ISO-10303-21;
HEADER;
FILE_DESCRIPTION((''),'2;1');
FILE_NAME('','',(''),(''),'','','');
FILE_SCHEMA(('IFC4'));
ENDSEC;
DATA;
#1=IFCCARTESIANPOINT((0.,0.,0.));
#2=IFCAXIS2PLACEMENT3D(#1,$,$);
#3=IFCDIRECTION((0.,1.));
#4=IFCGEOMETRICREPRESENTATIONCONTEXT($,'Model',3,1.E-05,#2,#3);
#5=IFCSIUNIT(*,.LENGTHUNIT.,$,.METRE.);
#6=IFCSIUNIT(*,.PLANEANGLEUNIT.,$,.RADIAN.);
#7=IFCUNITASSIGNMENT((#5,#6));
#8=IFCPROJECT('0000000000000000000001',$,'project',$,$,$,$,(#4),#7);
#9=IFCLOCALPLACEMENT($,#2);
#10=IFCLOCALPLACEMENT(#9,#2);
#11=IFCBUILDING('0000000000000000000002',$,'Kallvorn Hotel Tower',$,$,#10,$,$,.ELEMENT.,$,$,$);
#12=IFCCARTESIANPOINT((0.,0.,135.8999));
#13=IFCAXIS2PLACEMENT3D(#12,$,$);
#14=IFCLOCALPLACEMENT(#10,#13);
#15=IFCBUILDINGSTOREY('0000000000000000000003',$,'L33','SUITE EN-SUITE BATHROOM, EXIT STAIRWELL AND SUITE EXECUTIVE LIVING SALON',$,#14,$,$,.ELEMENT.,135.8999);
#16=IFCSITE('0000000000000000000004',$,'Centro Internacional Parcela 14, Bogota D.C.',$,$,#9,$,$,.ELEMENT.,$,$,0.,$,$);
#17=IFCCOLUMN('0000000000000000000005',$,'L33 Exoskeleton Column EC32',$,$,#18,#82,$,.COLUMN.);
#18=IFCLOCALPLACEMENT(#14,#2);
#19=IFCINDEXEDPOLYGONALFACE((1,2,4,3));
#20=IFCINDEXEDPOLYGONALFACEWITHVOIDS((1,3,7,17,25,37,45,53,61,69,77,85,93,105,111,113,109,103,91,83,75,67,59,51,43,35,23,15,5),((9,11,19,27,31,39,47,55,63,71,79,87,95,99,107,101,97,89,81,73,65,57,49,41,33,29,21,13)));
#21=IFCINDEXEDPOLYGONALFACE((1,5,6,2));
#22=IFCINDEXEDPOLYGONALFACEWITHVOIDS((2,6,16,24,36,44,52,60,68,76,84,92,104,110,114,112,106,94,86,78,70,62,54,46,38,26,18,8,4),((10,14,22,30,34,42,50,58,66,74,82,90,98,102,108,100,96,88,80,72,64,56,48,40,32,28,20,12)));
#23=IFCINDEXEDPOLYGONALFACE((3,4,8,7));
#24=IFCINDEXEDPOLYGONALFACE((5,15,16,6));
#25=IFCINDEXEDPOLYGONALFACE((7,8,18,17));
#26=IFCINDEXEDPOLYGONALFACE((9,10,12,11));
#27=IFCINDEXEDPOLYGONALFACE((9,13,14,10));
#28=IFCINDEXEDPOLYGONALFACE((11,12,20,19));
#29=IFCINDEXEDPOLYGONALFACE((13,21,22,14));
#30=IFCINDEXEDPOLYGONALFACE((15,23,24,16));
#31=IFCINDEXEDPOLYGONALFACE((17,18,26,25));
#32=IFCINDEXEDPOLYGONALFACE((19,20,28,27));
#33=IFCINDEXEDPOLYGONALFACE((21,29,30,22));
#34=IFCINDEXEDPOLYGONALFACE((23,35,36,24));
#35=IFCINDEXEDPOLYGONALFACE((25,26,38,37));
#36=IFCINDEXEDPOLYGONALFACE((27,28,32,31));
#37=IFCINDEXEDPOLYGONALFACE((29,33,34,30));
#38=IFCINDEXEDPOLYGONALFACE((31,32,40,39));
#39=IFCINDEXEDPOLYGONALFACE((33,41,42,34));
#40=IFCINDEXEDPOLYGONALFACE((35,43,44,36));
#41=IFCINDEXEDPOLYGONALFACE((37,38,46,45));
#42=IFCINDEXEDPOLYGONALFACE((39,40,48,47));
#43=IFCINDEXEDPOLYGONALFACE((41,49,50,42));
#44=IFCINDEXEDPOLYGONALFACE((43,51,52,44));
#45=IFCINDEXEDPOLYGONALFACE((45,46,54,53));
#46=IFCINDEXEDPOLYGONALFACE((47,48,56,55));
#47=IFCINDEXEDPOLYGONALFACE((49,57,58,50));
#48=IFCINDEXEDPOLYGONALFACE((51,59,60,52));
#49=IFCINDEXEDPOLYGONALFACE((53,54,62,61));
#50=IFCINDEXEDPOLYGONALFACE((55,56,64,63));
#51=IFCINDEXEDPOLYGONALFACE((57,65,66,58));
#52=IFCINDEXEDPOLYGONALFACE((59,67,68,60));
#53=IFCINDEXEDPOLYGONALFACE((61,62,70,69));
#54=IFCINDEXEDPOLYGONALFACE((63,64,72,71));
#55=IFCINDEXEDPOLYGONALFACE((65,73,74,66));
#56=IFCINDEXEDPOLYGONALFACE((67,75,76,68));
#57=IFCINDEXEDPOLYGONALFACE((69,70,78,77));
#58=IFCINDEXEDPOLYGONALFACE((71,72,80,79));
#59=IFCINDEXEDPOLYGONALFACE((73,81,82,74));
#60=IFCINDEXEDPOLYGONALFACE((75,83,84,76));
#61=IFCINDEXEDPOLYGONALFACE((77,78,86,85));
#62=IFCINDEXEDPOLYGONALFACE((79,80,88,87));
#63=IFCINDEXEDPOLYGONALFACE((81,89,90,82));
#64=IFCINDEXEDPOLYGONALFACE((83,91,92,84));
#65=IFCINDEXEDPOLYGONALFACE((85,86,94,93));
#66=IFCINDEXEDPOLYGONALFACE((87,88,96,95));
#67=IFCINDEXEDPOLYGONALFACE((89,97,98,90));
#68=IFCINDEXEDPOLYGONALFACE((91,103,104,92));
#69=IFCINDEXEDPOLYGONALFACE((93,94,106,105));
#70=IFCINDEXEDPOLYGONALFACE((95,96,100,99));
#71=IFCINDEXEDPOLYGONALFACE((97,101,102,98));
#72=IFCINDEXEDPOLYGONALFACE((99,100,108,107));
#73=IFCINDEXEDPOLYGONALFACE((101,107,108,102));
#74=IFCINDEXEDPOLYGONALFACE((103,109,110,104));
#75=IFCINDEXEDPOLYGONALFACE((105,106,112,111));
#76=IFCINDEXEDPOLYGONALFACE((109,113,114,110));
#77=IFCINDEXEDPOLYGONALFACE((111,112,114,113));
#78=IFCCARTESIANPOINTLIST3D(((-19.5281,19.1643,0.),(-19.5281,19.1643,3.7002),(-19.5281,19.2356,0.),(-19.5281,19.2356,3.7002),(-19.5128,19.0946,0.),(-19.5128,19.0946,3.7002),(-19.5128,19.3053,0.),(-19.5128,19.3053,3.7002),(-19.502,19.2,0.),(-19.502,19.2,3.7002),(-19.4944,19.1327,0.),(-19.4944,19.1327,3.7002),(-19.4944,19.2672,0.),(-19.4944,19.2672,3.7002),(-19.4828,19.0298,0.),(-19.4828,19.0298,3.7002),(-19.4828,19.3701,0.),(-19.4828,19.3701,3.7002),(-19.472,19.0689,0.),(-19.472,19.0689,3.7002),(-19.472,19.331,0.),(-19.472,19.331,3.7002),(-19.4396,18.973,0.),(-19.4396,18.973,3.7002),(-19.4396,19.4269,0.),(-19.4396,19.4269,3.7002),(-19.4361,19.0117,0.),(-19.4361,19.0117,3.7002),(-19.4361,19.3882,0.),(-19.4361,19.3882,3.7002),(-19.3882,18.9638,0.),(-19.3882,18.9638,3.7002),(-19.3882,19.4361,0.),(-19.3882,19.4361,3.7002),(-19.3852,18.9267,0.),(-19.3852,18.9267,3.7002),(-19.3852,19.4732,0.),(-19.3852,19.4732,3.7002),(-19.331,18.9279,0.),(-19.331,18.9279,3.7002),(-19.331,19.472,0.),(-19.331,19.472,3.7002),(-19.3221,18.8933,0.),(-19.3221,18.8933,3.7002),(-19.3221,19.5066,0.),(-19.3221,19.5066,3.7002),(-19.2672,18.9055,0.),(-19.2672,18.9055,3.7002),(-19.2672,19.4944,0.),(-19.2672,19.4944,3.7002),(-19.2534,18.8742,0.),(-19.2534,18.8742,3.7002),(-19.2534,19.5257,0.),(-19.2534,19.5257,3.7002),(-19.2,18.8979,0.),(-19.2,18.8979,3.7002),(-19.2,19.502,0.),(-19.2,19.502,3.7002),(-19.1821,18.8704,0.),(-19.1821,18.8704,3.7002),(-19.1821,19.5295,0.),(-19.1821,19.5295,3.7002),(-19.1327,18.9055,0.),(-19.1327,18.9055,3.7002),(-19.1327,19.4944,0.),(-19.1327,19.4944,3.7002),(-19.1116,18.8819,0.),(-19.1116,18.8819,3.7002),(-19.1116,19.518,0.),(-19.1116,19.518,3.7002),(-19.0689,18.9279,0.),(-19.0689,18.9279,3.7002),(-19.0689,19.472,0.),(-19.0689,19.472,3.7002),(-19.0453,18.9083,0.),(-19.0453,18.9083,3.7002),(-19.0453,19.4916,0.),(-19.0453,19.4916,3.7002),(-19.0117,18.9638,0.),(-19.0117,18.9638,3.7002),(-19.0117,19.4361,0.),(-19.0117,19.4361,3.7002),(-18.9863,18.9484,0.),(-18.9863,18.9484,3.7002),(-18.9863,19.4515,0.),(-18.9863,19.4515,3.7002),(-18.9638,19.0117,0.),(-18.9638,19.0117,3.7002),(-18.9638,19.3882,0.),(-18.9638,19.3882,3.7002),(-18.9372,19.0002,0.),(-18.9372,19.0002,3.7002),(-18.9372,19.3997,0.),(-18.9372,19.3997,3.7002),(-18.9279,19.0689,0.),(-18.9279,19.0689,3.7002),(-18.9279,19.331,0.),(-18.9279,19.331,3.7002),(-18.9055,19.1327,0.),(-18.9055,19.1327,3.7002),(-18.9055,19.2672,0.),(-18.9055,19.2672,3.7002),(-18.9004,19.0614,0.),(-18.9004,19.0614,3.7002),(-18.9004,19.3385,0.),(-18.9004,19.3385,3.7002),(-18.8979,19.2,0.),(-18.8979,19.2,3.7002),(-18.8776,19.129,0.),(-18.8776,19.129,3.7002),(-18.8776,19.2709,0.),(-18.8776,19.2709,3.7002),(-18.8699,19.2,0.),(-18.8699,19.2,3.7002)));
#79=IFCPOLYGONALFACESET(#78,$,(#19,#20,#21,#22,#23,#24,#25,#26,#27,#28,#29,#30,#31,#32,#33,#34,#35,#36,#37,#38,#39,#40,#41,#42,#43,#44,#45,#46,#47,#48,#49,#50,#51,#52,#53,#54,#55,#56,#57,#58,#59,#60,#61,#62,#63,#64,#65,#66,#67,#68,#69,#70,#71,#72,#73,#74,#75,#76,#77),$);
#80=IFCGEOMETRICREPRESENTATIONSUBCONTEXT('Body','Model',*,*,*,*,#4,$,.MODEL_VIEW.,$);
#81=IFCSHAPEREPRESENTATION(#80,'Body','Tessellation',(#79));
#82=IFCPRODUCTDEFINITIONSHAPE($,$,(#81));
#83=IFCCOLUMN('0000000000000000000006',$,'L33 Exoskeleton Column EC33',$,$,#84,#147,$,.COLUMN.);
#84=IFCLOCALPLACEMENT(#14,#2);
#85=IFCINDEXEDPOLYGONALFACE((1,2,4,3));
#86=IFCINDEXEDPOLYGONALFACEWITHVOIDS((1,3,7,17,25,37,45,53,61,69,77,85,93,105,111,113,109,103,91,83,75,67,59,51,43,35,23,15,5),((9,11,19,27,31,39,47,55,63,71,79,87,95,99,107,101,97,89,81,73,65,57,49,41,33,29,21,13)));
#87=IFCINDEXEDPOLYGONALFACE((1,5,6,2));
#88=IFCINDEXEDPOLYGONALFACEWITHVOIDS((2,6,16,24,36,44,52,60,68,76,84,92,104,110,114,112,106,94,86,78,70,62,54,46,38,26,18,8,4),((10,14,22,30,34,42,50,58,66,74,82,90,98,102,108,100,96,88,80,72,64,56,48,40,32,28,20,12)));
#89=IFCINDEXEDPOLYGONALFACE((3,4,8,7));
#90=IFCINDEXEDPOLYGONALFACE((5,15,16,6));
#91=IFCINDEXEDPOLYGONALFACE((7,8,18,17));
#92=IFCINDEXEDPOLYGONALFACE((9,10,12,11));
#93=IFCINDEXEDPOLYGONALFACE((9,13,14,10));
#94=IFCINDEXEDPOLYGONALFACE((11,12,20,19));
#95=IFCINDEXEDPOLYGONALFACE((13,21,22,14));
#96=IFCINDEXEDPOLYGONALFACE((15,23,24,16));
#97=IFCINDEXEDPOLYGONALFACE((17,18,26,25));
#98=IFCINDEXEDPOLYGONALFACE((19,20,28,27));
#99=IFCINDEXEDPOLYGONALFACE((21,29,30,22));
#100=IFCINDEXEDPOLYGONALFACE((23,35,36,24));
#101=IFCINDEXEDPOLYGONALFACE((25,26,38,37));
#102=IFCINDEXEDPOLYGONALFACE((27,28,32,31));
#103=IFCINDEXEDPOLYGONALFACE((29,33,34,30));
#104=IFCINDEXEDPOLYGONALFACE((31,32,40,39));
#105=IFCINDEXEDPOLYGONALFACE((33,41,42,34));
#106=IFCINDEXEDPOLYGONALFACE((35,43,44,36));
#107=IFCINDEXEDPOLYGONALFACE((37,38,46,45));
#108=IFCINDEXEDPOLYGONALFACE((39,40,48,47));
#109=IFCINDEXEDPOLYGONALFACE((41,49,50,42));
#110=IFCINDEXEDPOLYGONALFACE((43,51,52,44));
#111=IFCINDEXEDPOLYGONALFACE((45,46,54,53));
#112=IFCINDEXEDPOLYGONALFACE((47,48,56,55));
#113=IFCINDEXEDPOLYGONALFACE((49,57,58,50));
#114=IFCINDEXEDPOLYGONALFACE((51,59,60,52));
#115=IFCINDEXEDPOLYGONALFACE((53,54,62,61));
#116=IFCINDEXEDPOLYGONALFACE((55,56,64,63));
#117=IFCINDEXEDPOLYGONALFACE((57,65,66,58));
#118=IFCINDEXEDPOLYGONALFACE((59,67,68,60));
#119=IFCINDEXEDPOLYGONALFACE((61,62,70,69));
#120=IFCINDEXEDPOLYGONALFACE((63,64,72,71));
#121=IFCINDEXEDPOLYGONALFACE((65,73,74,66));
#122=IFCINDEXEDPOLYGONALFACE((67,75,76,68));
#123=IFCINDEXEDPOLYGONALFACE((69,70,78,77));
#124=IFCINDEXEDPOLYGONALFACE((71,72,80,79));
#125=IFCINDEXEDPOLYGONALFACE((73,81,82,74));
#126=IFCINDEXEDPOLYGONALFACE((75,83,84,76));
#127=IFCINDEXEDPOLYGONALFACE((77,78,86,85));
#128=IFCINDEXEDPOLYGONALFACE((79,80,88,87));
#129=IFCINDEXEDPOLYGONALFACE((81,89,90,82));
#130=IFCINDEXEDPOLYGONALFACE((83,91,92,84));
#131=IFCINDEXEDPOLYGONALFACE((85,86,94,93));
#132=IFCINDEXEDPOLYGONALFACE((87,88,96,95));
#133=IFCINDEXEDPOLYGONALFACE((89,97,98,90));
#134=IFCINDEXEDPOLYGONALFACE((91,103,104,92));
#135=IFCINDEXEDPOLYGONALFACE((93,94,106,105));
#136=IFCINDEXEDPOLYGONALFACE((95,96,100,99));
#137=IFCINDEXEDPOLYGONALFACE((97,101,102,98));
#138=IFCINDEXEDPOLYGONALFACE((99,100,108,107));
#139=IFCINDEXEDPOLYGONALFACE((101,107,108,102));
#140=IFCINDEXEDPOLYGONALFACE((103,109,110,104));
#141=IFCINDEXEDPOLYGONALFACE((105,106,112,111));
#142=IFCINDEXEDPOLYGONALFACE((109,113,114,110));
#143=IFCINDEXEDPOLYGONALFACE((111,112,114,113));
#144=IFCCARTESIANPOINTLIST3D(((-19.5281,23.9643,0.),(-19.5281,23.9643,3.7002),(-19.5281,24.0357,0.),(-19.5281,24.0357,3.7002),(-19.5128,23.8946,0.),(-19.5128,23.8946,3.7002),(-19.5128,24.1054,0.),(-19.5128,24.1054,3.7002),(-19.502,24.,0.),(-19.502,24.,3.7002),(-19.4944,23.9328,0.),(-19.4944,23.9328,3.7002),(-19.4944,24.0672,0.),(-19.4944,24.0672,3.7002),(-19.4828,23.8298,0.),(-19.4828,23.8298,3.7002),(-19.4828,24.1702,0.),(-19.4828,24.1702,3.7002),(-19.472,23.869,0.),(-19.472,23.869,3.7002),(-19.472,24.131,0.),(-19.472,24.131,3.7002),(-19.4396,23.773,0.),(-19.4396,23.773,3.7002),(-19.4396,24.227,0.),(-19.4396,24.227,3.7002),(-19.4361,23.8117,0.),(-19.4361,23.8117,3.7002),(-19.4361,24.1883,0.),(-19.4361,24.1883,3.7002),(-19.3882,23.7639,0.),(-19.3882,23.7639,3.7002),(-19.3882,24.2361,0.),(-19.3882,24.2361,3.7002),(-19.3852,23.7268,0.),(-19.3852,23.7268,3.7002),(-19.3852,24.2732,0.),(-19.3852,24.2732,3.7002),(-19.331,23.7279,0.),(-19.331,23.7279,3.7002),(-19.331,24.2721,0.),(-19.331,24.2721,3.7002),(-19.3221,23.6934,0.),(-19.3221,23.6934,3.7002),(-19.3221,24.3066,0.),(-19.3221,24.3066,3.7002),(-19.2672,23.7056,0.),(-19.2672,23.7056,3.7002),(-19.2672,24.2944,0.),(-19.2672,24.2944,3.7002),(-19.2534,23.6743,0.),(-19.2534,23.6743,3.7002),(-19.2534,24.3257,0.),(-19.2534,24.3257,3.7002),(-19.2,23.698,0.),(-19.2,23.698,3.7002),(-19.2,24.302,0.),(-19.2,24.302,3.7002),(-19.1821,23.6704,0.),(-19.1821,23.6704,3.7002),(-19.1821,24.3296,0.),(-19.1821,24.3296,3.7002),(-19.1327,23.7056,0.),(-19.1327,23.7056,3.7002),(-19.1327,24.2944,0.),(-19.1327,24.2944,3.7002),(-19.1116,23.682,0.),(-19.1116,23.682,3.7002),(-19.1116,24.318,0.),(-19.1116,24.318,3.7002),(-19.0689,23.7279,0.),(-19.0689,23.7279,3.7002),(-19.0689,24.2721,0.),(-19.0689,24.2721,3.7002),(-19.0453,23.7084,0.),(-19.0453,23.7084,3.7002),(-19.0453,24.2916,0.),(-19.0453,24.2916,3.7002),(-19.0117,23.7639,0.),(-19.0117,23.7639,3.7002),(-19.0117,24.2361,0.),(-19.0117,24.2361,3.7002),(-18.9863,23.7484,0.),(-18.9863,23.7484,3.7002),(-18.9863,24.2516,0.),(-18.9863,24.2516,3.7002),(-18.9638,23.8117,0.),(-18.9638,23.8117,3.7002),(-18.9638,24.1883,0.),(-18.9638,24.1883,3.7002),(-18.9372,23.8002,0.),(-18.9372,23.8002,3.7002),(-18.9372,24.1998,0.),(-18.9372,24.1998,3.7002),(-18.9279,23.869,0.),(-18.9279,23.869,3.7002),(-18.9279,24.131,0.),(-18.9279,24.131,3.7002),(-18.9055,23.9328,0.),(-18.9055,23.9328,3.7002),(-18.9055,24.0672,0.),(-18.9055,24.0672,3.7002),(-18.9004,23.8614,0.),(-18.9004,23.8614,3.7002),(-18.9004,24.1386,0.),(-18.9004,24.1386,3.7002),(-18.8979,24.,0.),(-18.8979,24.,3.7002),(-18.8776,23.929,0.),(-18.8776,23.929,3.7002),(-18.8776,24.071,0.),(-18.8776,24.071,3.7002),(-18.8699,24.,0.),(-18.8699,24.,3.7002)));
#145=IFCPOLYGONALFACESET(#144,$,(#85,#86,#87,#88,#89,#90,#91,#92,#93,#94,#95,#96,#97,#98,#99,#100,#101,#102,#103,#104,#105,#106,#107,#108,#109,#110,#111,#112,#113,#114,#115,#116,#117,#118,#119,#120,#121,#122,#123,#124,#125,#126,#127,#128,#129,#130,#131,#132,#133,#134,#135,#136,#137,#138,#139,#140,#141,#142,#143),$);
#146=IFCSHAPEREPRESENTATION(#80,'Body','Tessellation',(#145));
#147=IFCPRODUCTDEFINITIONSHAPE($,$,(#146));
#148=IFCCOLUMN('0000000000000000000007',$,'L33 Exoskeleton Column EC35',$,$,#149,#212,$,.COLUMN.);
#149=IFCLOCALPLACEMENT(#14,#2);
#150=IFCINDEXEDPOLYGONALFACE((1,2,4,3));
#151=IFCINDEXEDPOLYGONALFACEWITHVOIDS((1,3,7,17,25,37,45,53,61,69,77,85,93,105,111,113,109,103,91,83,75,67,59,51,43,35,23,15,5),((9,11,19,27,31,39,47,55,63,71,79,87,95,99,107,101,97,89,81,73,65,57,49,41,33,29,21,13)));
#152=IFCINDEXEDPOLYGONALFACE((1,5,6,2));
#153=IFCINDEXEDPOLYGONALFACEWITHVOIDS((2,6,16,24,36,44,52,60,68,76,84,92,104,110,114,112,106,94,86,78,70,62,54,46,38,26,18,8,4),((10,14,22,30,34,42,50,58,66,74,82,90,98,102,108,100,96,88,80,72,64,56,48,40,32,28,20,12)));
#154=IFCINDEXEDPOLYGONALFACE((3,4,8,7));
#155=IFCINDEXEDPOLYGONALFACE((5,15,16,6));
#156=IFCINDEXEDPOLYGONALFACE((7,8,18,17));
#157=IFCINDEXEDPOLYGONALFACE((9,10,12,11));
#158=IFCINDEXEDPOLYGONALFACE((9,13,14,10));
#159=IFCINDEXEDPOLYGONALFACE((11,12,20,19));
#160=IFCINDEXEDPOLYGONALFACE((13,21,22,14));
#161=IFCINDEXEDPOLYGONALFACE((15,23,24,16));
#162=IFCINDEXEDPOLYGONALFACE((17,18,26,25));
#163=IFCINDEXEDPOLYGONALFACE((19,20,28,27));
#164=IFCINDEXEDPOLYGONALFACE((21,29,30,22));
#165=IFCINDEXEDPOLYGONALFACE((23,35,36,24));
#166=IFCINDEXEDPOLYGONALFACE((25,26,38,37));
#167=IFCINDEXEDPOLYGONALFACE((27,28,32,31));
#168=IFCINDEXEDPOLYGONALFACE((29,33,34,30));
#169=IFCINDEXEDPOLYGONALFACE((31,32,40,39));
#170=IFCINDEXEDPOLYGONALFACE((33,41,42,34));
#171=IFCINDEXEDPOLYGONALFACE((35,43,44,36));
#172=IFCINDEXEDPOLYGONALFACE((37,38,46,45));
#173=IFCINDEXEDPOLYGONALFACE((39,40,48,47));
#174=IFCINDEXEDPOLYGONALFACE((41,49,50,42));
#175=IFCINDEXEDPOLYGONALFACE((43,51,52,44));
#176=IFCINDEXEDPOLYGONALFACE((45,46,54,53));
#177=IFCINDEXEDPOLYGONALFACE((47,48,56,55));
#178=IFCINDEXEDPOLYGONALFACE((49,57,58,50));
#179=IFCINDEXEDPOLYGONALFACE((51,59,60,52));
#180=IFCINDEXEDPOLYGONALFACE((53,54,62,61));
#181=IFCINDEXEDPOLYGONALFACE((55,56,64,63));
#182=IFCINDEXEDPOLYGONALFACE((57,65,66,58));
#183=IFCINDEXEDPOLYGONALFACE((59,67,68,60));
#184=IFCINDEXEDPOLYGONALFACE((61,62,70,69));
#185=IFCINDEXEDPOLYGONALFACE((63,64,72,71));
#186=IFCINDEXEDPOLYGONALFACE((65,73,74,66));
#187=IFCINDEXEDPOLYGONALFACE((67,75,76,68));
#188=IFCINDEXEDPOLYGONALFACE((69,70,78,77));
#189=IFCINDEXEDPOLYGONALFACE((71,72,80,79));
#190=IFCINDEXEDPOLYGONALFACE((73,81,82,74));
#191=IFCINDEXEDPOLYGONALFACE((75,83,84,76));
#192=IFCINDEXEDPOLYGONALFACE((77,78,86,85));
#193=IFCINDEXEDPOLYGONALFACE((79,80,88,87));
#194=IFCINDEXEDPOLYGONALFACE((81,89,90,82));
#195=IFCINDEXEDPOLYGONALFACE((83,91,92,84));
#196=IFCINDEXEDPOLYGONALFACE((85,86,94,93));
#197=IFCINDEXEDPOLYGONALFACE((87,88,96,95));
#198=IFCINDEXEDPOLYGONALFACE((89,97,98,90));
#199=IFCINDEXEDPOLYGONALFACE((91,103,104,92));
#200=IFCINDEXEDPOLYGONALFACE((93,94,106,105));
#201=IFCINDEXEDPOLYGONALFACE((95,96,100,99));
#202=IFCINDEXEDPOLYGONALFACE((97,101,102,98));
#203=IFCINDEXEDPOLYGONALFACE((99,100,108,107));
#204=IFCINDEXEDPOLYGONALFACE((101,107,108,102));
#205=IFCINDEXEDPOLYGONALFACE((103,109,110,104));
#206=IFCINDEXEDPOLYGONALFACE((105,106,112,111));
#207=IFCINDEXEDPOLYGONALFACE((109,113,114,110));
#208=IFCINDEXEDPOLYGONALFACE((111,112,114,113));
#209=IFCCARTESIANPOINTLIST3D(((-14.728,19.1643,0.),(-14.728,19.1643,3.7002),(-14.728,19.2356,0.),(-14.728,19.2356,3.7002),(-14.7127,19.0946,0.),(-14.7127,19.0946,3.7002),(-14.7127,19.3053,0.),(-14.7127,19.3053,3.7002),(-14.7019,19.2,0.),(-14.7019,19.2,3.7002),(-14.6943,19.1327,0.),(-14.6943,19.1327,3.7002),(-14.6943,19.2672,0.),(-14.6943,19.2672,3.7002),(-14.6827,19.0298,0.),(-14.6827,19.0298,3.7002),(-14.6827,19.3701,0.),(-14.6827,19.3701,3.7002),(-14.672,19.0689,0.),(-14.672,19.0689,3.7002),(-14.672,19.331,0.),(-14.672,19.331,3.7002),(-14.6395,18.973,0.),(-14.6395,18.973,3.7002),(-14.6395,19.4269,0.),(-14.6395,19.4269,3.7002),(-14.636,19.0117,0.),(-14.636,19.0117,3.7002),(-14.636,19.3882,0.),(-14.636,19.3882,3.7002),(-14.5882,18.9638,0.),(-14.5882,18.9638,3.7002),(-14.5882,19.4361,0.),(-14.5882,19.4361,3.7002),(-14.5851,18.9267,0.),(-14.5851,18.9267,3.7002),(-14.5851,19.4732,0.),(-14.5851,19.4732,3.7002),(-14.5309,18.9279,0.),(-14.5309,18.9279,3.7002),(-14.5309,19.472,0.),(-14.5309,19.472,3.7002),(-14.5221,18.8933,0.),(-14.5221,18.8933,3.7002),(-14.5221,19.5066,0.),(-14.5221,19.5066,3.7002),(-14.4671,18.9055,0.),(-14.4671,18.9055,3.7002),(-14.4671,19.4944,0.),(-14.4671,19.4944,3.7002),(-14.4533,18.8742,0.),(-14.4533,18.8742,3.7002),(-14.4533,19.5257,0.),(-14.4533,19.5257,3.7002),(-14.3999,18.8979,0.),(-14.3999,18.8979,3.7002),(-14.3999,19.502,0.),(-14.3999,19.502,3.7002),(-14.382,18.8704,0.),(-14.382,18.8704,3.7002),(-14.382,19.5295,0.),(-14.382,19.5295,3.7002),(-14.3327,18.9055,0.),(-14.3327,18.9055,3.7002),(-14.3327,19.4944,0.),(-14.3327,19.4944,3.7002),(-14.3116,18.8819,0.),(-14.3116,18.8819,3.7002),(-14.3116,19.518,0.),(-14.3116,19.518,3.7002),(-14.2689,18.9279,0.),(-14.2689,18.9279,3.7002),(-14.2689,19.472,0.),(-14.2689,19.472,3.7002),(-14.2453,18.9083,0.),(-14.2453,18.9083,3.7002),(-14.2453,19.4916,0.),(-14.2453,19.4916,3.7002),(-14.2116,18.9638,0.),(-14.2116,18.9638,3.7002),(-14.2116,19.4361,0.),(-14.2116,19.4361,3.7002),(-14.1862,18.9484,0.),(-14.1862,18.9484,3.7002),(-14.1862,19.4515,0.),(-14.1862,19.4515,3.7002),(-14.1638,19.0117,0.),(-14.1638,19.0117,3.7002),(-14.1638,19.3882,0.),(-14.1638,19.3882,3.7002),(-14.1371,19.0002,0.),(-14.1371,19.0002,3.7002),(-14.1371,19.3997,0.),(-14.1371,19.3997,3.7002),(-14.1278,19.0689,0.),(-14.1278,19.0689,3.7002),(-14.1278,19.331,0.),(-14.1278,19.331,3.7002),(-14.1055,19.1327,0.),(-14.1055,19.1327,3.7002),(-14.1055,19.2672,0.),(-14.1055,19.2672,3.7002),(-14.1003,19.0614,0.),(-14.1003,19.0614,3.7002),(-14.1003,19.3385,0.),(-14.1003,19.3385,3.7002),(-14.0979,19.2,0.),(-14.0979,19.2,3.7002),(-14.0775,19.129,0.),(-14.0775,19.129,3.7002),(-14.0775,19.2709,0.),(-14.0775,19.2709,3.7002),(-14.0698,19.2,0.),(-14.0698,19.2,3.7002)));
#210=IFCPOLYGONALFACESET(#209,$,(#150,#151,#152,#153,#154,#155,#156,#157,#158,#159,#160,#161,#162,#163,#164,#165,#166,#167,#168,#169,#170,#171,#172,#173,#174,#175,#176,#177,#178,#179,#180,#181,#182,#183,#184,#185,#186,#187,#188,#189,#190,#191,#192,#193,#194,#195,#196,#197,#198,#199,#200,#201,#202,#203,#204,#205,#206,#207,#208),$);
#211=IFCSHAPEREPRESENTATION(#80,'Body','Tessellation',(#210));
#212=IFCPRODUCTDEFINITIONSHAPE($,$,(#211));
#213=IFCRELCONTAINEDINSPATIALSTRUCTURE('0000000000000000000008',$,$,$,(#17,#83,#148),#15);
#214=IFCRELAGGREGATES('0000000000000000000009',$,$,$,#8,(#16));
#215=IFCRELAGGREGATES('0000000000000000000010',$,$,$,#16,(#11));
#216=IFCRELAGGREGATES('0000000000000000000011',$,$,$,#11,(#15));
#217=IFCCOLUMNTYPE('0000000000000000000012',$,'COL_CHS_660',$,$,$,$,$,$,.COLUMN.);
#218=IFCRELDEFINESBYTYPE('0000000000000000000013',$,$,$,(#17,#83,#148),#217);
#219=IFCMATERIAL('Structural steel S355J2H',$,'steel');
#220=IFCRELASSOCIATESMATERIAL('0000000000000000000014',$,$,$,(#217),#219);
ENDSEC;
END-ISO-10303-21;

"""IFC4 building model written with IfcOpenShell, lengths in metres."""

from ifc_helpers import new_model, si_unit, direction, frame, origin, origin_2d, place, context, subcontext, project, spatial, hollow_circle, extrude, material, material_profile, profile_set, type_object, element, save


model = new_model("IFC4")

# Units and contexts
model_context = context("Model", 3, precision=1e-05, world=origin(), true_north=direction((0.0, 1.0)))
body_context = subcontext(model_context, "Body", "Model", "MODEL_VIEW")
ifc_project = project(units=[si_unit("LENGTHUNIT", "METRE"), si_unit("PLANEANGLEUNIT", "RADIAN")], contexts=[model_context])

# Site, building, storey
site_placement = place(None, origin())
site = spatial("IfcSite", under=ifc_project, at=site_placement, Name="Centro Internacional Parcela 14, Bogota D.C.", CompositionType="ELEMENT", RefElevation=0.0)
building_placement = place(site_placement, origin())
building = spatial("IfcBuilding", under=site, at=building_placement, Name="Kallvorn Hotel Tower", CompositionType="ELEMENT")
storey_placement = place(building_placement, frame((0.0, 0.0, 135.8999)))
storey = spatial("IfcBuildingStorey", under=building, at=storey_placement, Name="L33", Description="SUITE EN-SUITE BATHROOM, EXIT STAIRWELL AND SUITE EXECUTIVE LIVING SALON", CompositionType="ELEMENT", Elevation=135.8999)

# Columns
ifc_material_1 = material(Name="Structural steel S355J2H", Category="steel")
ifc_material_profile_1 = material_profile(ifc_material_1, hollow_circle(Radius=0.3301, WallThickness=0.0281, at=origin_2d()), Name="CHS 660x28")
ifc_profile_set_1 = profile_set([ifc_material_profile_1], Name="Structural steel S355J2H")
column_type_1 = type_object("IfcColumnType", Name="COL_CHS_660", PredefinedType="COLUMN", material=ifc_profile_set_1)
for number, where, z_axis, x_axis, name in (
    (1, (-19.2, 19.2, 0.0), (0.0, 0.0, 1.0), (1.0, 0.0, 0.0), "L33 Exoskeleton Column EC32"),
    (2, (-19.2, 24.0, 0.0), (0.0, 0.0, 1.0), (1.0, 0.0, 0.0), "L33 Exoskeleton Column EC33"),
    (3, (-14.3999, 19.2, 0.0), (0.0, 0.0, 1.0), (1.0, 0.0, 0.0), "L33 Exoskeleton Column EC35"),
):
    element("IfcColumn", number, at=place(storey_placement, frame(where, z_axis=z_axis, x_axis=x_axis)), inside=storey, type_object=column_type_1, Name=name, PredefinedType="COLUMN", context=body_context, shape_type="SweptSolid", body=[
        extrude(hollow_circle(Radius=0.3301, WallThickness=0.0281, at=origin_2d()), origin(), (0.0, 0.0, 1.0), 3.7002),
    ])

save(model, "model.ifc")
